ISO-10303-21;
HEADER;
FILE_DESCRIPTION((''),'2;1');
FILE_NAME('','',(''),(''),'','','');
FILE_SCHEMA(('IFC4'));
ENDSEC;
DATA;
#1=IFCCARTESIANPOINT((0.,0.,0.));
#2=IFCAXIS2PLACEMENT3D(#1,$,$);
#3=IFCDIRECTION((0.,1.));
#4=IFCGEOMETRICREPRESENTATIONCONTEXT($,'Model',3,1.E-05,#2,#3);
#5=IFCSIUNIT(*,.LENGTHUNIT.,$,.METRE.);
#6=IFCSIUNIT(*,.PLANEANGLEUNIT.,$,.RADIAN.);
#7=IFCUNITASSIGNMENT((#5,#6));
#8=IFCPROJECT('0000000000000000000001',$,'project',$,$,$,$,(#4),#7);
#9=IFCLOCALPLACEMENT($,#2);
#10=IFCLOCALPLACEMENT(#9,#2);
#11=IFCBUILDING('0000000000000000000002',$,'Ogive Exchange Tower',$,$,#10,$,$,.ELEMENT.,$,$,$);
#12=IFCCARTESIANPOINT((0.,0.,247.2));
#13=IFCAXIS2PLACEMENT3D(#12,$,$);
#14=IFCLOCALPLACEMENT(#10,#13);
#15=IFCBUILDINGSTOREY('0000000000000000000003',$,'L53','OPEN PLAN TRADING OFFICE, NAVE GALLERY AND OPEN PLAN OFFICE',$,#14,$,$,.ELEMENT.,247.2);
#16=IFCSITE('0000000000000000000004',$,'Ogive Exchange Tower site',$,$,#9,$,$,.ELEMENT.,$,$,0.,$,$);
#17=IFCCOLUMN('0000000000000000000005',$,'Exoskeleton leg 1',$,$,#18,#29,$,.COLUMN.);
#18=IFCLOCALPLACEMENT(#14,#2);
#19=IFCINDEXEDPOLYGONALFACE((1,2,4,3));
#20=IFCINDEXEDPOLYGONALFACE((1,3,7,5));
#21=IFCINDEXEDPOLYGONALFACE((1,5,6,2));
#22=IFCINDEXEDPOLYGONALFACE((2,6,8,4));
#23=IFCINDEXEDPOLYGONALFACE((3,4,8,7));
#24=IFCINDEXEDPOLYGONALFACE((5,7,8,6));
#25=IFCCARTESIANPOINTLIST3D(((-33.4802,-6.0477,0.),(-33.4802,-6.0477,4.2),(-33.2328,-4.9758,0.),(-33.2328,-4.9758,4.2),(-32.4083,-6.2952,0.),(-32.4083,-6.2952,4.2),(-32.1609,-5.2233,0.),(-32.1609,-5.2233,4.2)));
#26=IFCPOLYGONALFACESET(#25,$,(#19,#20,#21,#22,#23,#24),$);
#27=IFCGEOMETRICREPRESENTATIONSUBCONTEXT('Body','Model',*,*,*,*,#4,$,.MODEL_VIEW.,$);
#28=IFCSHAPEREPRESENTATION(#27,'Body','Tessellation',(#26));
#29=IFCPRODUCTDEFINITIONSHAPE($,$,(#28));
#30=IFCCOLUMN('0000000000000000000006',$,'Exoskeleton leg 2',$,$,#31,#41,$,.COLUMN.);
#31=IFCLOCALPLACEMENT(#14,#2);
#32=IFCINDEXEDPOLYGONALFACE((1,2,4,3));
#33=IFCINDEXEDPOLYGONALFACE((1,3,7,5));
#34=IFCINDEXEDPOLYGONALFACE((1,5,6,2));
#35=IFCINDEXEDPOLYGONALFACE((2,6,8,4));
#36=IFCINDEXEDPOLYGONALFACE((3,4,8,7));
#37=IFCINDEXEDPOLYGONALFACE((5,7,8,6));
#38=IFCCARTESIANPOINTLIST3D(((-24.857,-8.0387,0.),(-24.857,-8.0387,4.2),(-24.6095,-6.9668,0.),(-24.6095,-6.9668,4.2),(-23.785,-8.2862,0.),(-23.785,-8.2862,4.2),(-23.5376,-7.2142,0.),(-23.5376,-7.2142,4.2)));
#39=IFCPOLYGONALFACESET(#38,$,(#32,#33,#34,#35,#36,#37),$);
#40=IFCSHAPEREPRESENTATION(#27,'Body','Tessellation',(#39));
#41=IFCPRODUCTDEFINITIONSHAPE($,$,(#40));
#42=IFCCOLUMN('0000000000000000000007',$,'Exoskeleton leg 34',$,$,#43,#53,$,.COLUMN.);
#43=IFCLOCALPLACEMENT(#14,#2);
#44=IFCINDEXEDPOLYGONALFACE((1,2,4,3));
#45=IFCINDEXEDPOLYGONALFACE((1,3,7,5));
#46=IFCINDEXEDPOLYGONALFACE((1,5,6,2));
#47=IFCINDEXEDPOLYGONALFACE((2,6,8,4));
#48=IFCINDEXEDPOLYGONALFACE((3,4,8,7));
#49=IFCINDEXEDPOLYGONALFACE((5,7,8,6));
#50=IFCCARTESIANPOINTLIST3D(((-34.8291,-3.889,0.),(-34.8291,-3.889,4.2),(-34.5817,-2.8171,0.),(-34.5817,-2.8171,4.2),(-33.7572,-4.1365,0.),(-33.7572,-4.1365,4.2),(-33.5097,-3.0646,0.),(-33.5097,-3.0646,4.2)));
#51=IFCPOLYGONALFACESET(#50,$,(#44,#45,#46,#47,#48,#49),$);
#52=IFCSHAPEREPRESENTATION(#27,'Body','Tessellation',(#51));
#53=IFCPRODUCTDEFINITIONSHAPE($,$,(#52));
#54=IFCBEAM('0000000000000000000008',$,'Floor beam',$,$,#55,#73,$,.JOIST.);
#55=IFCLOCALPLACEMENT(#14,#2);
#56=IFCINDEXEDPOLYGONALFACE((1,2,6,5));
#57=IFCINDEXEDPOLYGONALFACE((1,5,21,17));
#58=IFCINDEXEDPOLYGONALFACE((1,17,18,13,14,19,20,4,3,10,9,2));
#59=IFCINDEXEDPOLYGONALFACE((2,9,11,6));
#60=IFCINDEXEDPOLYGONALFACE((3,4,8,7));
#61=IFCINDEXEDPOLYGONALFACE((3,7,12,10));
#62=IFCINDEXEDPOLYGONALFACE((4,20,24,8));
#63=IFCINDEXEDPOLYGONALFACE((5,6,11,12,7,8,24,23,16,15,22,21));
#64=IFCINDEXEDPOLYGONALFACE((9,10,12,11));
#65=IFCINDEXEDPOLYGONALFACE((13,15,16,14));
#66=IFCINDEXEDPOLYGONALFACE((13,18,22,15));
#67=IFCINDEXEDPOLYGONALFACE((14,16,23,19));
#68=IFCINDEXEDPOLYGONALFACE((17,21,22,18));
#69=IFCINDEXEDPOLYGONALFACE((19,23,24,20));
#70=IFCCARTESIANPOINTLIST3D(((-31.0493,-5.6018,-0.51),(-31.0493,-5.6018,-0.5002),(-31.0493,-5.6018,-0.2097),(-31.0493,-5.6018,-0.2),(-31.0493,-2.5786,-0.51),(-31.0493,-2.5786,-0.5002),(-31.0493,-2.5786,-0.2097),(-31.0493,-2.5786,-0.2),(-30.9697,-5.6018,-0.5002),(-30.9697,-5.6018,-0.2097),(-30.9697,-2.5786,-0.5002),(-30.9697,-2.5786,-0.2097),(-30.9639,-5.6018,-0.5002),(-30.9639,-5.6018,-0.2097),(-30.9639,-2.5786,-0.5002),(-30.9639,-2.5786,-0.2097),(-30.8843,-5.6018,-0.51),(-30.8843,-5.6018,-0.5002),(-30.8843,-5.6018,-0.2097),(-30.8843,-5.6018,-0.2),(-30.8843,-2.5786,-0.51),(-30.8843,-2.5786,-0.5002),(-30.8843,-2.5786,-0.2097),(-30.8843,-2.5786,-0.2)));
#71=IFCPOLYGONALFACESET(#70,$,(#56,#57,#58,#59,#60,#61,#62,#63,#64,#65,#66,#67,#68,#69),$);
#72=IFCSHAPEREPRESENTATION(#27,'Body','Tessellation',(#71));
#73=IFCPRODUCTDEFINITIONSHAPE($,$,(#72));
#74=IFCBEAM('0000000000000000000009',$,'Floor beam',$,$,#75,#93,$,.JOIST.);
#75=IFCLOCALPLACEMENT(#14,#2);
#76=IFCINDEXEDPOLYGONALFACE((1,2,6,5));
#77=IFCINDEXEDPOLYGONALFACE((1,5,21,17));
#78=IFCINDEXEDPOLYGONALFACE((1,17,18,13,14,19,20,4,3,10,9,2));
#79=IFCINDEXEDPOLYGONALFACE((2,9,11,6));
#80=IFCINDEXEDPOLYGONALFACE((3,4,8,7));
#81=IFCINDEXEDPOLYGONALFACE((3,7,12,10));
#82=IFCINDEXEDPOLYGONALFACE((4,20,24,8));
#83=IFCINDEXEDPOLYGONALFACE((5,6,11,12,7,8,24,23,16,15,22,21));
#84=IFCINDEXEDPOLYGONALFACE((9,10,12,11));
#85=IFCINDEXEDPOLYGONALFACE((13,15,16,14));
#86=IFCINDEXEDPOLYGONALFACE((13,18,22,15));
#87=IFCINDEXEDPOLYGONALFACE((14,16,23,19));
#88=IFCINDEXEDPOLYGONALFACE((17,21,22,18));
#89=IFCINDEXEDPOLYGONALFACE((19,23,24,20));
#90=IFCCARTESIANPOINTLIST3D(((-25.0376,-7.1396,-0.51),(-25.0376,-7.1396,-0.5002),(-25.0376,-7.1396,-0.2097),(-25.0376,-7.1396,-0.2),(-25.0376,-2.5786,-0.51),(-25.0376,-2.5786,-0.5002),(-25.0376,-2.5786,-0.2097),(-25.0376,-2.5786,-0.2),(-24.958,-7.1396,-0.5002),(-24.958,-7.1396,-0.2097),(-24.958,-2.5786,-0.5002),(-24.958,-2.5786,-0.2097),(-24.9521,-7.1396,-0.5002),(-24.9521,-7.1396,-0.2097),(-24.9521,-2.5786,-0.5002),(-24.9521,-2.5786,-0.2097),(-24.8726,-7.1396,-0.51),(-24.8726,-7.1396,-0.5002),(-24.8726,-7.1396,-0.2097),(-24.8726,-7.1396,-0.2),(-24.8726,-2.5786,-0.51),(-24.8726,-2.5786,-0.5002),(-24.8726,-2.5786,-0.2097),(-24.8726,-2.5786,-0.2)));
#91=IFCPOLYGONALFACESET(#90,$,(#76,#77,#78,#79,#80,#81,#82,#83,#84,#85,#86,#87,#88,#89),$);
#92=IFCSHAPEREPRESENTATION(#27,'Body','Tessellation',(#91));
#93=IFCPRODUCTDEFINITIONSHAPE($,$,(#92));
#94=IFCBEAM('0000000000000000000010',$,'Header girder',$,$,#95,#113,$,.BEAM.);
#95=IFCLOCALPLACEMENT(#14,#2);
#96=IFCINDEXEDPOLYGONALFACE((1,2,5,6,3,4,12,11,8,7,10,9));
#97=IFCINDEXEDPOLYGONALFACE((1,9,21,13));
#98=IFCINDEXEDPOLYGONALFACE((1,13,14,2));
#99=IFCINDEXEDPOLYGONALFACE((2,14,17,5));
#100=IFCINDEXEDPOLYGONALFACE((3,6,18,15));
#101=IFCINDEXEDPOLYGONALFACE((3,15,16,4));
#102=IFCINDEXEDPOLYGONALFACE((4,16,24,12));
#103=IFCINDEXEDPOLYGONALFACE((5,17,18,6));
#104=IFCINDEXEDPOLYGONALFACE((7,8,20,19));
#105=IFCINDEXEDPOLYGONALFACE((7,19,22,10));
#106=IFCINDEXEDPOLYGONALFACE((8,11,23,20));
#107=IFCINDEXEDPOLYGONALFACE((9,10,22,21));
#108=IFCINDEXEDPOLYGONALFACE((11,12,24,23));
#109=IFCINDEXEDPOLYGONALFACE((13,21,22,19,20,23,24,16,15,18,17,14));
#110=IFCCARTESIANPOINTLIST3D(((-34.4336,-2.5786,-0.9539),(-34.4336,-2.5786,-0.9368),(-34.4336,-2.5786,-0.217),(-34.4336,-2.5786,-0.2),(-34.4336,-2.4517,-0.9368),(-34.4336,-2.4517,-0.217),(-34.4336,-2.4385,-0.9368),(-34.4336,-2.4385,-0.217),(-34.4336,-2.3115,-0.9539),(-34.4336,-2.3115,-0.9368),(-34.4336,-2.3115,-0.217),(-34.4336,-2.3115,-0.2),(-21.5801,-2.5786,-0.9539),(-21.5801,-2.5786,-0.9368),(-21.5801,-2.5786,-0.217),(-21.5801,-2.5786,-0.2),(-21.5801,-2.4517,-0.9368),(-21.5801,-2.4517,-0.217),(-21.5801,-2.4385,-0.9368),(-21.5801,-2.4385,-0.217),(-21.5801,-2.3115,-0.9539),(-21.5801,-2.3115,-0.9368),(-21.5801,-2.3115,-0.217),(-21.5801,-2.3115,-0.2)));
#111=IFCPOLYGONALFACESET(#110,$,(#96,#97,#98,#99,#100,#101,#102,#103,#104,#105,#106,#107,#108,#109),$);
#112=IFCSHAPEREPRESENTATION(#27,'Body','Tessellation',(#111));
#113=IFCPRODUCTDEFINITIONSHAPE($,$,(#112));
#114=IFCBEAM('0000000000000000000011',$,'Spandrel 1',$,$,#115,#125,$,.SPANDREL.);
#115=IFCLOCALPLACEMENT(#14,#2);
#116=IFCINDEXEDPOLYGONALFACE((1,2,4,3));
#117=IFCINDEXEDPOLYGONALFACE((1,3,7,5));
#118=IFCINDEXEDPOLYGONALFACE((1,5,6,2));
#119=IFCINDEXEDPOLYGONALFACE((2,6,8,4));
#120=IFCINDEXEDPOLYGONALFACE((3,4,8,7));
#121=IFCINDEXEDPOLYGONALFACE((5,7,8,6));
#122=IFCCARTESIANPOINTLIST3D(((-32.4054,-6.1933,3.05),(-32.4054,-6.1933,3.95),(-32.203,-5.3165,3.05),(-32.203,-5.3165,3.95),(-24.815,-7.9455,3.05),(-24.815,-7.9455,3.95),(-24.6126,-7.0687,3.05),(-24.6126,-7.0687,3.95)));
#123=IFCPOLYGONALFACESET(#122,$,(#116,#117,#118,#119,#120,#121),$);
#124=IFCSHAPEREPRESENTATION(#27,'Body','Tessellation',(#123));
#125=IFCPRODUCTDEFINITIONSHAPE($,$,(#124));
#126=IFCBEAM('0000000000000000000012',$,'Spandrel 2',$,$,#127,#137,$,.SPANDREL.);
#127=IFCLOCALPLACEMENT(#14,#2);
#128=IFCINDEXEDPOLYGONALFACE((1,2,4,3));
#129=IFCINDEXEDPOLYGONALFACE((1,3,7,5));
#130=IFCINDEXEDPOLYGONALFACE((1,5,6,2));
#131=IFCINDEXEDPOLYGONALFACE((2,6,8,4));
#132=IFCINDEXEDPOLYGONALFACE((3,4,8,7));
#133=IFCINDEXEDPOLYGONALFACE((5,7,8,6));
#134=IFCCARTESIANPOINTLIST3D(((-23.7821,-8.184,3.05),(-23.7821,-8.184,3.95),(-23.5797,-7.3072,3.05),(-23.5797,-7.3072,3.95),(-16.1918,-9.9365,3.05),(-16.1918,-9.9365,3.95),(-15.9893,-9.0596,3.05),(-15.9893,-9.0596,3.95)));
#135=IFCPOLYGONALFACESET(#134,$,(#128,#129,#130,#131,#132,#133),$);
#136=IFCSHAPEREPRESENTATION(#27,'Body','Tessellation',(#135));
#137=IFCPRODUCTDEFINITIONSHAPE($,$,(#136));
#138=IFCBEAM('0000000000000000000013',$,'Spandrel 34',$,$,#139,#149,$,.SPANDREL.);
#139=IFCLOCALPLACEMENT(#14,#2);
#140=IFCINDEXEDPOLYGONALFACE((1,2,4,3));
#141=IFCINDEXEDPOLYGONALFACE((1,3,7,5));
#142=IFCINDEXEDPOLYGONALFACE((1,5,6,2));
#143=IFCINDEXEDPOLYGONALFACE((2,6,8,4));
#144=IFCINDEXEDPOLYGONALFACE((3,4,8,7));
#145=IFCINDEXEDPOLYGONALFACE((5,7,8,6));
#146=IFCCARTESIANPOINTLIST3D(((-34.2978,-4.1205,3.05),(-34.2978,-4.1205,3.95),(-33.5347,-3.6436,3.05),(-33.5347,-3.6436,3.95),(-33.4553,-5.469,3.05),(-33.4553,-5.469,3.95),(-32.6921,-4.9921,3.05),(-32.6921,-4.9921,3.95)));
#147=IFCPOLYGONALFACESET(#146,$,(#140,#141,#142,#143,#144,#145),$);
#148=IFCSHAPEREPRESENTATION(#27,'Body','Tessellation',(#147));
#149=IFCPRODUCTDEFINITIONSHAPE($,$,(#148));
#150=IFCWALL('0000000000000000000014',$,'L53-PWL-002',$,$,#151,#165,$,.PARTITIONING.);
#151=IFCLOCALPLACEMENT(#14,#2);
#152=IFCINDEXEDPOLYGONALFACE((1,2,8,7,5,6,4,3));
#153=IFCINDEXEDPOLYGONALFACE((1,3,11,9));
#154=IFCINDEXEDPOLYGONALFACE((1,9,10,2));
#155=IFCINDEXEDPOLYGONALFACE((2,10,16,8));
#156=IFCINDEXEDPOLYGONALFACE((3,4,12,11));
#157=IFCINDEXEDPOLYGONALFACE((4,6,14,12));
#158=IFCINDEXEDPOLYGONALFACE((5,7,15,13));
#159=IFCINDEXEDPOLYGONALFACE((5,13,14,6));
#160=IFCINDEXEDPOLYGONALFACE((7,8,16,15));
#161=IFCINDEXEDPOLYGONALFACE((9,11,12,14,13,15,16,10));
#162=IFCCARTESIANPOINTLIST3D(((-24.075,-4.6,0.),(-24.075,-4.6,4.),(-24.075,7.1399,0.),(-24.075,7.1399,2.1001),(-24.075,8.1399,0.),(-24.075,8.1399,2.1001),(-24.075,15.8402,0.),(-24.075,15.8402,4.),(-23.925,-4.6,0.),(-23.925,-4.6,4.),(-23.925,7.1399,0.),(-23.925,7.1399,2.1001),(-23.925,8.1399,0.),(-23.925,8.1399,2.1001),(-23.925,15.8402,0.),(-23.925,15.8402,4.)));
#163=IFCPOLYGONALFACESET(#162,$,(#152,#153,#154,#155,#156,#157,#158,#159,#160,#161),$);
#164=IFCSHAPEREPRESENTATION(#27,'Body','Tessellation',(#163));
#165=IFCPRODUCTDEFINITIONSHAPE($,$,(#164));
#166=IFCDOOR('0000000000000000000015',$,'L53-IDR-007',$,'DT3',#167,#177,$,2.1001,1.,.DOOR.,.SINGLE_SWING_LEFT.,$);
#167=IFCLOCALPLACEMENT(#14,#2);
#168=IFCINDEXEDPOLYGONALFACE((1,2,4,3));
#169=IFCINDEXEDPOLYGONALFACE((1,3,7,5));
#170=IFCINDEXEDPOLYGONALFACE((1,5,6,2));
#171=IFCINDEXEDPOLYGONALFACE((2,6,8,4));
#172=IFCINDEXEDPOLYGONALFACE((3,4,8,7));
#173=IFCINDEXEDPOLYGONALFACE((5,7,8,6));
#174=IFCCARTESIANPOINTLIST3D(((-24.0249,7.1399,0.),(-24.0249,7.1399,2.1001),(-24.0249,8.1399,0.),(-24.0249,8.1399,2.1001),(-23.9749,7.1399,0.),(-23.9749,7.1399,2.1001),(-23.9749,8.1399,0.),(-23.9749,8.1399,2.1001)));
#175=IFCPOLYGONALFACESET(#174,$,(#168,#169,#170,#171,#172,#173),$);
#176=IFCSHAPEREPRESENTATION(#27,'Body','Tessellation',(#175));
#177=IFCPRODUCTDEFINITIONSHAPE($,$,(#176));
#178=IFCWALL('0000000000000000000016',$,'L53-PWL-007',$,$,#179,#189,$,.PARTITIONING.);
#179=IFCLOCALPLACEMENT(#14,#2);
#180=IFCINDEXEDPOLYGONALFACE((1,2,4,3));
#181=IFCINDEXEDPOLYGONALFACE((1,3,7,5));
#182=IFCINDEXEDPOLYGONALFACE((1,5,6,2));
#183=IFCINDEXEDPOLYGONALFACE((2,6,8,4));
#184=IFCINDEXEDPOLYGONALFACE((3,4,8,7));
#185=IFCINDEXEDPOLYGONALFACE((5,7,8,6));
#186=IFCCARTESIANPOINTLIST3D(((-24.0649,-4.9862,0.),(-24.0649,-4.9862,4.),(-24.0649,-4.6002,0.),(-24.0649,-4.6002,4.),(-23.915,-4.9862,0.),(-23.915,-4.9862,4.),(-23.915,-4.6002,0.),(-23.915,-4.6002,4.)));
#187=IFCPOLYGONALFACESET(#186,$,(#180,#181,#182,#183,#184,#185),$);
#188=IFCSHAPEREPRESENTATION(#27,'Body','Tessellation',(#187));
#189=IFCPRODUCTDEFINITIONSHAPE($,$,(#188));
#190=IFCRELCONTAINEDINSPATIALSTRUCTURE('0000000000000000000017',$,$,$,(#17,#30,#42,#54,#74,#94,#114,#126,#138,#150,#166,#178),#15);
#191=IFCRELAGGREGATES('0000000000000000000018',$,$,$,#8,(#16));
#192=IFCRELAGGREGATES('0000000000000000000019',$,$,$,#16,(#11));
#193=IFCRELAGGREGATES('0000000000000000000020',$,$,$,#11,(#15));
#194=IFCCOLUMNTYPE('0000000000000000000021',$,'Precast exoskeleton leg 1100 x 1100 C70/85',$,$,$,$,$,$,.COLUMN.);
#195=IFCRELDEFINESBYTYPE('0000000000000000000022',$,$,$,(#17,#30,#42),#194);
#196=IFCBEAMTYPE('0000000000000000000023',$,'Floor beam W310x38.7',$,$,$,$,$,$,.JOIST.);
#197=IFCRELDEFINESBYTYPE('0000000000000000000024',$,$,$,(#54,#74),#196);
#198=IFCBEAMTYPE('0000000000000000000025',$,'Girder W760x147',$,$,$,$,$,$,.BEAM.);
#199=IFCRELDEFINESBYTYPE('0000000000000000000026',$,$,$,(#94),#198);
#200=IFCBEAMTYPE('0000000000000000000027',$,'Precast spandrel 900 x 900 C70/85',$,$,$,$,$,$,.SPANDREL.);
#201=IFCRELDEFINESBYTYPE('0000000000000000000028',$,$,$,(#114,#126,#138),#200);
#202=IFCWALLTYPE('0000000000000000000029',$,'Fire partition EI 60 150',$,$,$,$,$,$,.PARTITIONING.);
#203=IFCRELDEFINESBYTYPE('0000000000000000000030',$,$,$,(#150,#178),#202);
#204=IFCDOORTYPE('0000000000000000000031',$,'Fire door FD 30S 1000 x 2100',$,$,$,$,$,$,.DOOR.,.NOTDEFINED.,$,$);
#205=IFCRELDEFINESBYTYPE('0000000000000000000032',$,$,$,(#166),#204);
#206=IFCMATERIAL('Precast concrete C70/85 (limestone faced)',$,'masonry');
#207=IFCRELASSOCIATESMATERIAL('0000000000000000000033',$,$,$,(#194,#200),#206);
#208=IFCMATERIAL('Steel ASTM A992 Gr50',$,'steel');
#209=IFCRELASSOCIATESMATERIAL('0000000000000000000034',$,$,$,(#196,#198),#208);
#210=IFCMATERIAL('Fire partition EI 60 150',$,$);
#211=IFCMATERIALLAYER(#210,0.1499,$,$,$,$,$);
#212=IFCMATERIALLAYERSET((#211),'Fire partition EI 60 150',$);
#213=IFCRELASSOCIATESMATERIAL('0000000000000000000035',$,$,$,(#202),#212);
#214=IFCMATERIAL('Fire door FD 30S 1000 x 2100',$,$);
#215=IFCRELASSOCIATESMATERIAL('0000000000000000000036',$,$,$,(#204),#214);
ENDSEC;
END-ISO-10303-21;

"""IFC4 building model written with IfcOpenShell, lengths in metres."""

from ifc_helpers import new_model, si_unit, direction, frame, frame_2d, origin, origin_2d, place, context, subcontext, project, spatial, rectangle, i_section, extrude, material, layer, layer_set, material_profile, profile_set, type_object, element, fill, save


model = new_model("IFC4")

# Units and contexts
model_context = context("Model", 3, precision=1e-05, world=origin(), true_north=direction((0.0, 1.0)))
body_context = subcontext(model_context, "Body", "Model", "MODEL_VIEW")
ifc_project = project(units=[si_unit("LENGTHUNIT", "METRE"), si_unit("PLANEANGLEUNIT", "RADIAN")], contexts=[model_context])

# Site, building, storey
site_placement = place(None, origin())
site = spatial("IfcSite", under=ifc_project, at=site_placement, Name="Ogive Exchange Tower site", CompositionType="ELEMENT", RefElevation=0.0)
building_placement = place(site_placement, origin())
building = spatial("IfcBuilding", under=site, at=building_placement, Name="Ogive Exchange Tower", CompositionType="ELEMENT")
storey_placement = place(building_placement, frame((0.0, 0.0, 247.2)))
storey = spatial("IfcBuildingStorey", under=building, at=storey_placement, Name="L53", Description="OPEN PLAN TRADING OFFICE, NAVE GALLERY AND OPEN PLAN OFFICE", CompositionType="ELEMENT", Elevation=247.2)

# Columns
ifc_material_1 = material(Name="Precast concrete C70/85 (limestone faced)", Category="masonry")
ifc_material_profile_1 = material_profile(ifc_material_1, rectangle(XDim=1.1001, YDim=1.1001, at=origin_2d()), Name="1100 x 1100")
ifc_profile_set_1 = profile_set([ifc_material_profile_1], Name="Precast concrete C70/85 (limestone faced)")
column_type = type_object("IfcColumnType", Name="Precast exoskeleton leg 1100 x 1100 C70/85", PredefinedType="COLUMN", material=ifc_profile_set_1)
for number, where, z_axis, x_axis, name in (
    (1, (-32.8206, -5.6355, 0.0), (0.0, 0.0, 1.0), (0.97437, -0.224951, 0.0), "Exoskeleton leg 1"),
    (2, (-24.1973, -7.6265, 0.0), (0.0, 0.0, 1.0), (0.97437, -0.224951, 0.0), "Exoskeleton leg 2"),
    (3, (-34.1694, -3.4768, 0.0), (0.0, 0.0, 1.0), (0.97437, -0.224951, 0.0), "Exoskeleton leg 34"),
):
    element("IfcColumn", number, at=place(storey_placement, frame(where, z_axis=z_axis, x_axis=x_axis)), inside=storey, type_object=column_type, Name=name, PredefinedType="COLUMN", context=body_context, shape_type="SweptSolid", body=[
        extrude(rectangle(XDim=1.1001, YDim=1.1001, at=origin_2d()), origin(), (0.0, 0.0, 1.0), 4.2),
    ])

# Beams
ifc_material_2 = material(Name="Steel ASTM A992 Gr50", Category="steel")
ifc_material_profile_2 = material_profile(ifc_material_2, i_section(OverallWidth=0.165, OverallDepth=0.3101, WebThickness=0.0059, FlangeThickness=0.0098, at=origin_2d()), Name="W310x38.7")
ifc_profile_set_2 = profile_set([ifc_material_profile_2], Name="Steel ASTM A992 Gr50")
beam_type_1 = type_object("IfcBeamType", Name="Floor beam W310x38.7", PredefinedType="JOIST", material=ifc_profile_set_2)
beam_1_placement = place(storey_placement, frame((-30.9668, -5.6018, -0.355), z_axis=(0.0, 1.0, 0.0), x_axis=(-1.0, 0.0, 0.0)))
element("IfcBeam", 4, at=beam_1_placement, inside=storey, type_object=beam_type_1, Name="Floor beam", PredefinedType="JOIST", context=body_context, shape_type="SweptSolid", body=[
    extrude(i_section(OverallWidth=0.165, OverallDepth=0.3101, WebThickness=0.0059, FlangeThickness=0.0098, at=origin_2d()), origin(), (0.0, 0.0, 1.0), 3.0232),
])
beam_2_placement = place(storey_placement, frame((-24.9551, -7.1396, -0.355), z_axis=(0.0, 1.0, 0.0), x_axis=(-1.0, 0.0, 0.0)))
element("IfcBeam", 5, at=beam_2_placement, inside=storey, type_object=beam_type_1, Name="Floor beam", PredefinedType="JOIST", context=body_context, shape_type="SweptSolid", body=[
    extrude(i_section(OverallWidth=0.165, OverallDepth=0.3101, WebThickness=0.0059, FlangeThickness=0.0098, at=origin_2d()), origin(), (0.0, 0.0, 1.0), 4.561),
])
ifc_material_profile_3 = material_profile(ifc_material_2, i_section(OverallWidth=0.2671, OverallDepth=0.7539, WebThickness=0.0132, FlangeThickness=0.0171, at=origin_2d()), Name="W760x147")
ifc_profile_set_3 = profile_set([ifc_material_profile_3], Name="Steel ASTM A992 Gr50")
beam_type_2 = type_object("IfcBeamType", Name="Girder W760x147", PredefinedType="BEAM", material=ifc_profile_set_3)
beam_3_placement = place(storey_placement, frame((-34.4336, -2.4451, -0.5769), z_axis=(1.0, 0.0, 0.0), x_axis=(0.0, 1.0, 0.0)))
element("IfcBeam", 6, at=beam_3_placement, inside=storey, type_object=beam_type_2, Name="Header girder", PredefinedType="BEAM", context=body_context, shape_type="SweptSolid", body=[
    extrude(i_section(OverallWidth=0.2671, OverallDepth=0.7539, WebThickness=0.0132, FlangeThickness=0.0171, at=origin_2d()), origin(), (0.0, 0.0, 1.0), 12.8535),
])
ifc_material_profile_4 = material_profile(ifc_material_1, rectangle(XDim=0.8999, YDim=0.8999, at=origin_2d()), Name="900 x 900")
ifc_profile_set_4 = profile_set([ifc_material_profile_4], Name="Precast concrete C70/85 (limestone faced)")
beam_type_3 = type_object("IfcBeamType", Name="Precast spandrel 900 x 900 C70/85", PredefinedType="SPANDREL", material=ifc_profile_set_4)
for number, where, z_axis, x_axis, name in (
    (7, (-32.3042, -5.7549, 3.5), (0.974375, -0.22493, 0.0), (0.22493, 0.974375, 0.0), "Spandrel 1"),
    (8, (-23.6809, -7.7456, 3.5), (0.974368, -0.22496, 0.0), (0.22496, 0.974368, 0.0), "Spandrel 2"),
):
    element("IfcBeam", number, at=place(storey_placement, frame(where, z_axis=z_axis, x_axis=x_axis)), inside=storey, type_object=beam_type_3, Name=name, PredefinedType="SPANDREL", context=body_context, shape_type="SweptSolid", body=[
        extrude(rectangle(XDim=0.8999, YDim=0.8999, at=origin_2d()), origin(), (0.0, 0.0, 1.0), 7.79),
    ])
beam_4_placement = place(storey_placement, frame((-33.9163, -3.8821, 3.5), z_axis=(0.529902, -0.848059, 0.0), x_axis=(0.848059, 0.529902, 0.0)))
element("IfcBeam", 9, at=beam_4_placement, inside=storey, type_object=beam_type_3, Name="Spandrel 34", PredefinedType="SPANDREL", context=body_context, shape_type="SweptSolid", body=[
    extrude(rectangle(XDim=0.8999, YDim=0.8999, at=origin_2d()), origin(), (0.0, 0.0, 1.0), 1.5901),
])

# Wall, opening, door
ifc_material_3 = material(Name="Fire partition EI 60 150")
ifc_layer_1 = layer(ifc_material_3, 0.1499)
ifc_layer_set_1 = layer_set([ifc_layer_1], Name="Fire partition EI 60 150")
wall_type_1 = type_object("IfcWallType", Name="Fire partition EI 60 150", PredefinedType="PARTITIONING", material=ifc_layer_set_1)
wall_1_placement = place(storey_placement, frame((-24.0, -4.6001, 0.0), z_axis=(0.0, 0.0, 1.0), x_axis=(0.0, 1.0, 0.0)))
wall_1 = element("IfcWall", 10, at=wall_1_placement, inside=storey, type_object=wall_type_1, Name="L53-PWL-002", PredefinedType="PARTITIONING", context=body_context, shape_type="SweptSolid", body=[
    extrude(rectangle(XDim=20.4402, YDim=0.1499, at=frame_2d((10.2202, 0.0))), origin(), (0.0, 0.0, 1.0), 4.0),
])
opening_1_placement = place(wall_1_placement, frame((11.74, 0.0, 0.0)))
opening_1 = element("IfcOpeningElement", 11, at=opening_1_placement, cuts=wall_1, PredefinedType="OPENING", context=body_context, shape_type="SweptSolid", body=[
    extrude(rectangle(XDim=1.0, YDim=2.1001, at=frame_2d((0.5, 1.05))), frame((0.0, 0.085, 0.0), z_axis=(0.0, -1.0, 0.0), x_axis=(1.0, 0.0, 0.0)), (0.0, 0.0, 1.0), 0.1699),
])
ifc_material_4 = material(Name="Fire door FD 30S 1000 x 2100")
door_type_1 = type_object("IfcDoorType", Name="Fire door FD 30S 1000 x 2100", OperationType="NOTDEFINED", PredefinedType="DOOR", material=ifc_material_4)
door_1_placement = place(opening_1_placement, origin())
door_1 = element("IfcDoor", 12, at=door_1_placement, inside=storey, type_object=door_type_1, Name="L53-IDR-007", ObjectType="DT3", OperationType="SINGLE_SWING_LEFT", OverallHeight=2.1001, OverallWidth=1.0, PredefinedType="DOOR", context=body_context, shape_type="SweptSolid", body=[
    extrude(rectangle(XDim=1.0, YDim=2.1001, at=frame_2d((0.5, 1.05))), frame((0.0, 0.0249, 0.0), z_axis=(0.0, -1.0, 0.0), x_axis=(1.0, 0.0, 0.0)), (0.0, 0.0, 1.0), 0.05),
])
fill(opening_1, door_1)

# Wall
wall_2_placement = place(storey_placement, frame((-23.99, -4.9861, 0.0), z_axis=(0.0, 0.0, 1.0), x_axis=(0.0, 1.0, 0.0)))
element("IfcWall", 13, at=wall_2_placement, inside=storey, type_object=wall_type_1, Name="L53-PWL-007", PredefinedType="PARTITIONING", context=body_context, shape_type="SweptSolid", body=[
    extrude(rectangle(XDim=0.386, YDim=0.1499, at=frame_2d((0.1929, 0.0))), origin(), (0.0, 0.0, 1.0), 4.0),
])

save(model, "model.ifc")
